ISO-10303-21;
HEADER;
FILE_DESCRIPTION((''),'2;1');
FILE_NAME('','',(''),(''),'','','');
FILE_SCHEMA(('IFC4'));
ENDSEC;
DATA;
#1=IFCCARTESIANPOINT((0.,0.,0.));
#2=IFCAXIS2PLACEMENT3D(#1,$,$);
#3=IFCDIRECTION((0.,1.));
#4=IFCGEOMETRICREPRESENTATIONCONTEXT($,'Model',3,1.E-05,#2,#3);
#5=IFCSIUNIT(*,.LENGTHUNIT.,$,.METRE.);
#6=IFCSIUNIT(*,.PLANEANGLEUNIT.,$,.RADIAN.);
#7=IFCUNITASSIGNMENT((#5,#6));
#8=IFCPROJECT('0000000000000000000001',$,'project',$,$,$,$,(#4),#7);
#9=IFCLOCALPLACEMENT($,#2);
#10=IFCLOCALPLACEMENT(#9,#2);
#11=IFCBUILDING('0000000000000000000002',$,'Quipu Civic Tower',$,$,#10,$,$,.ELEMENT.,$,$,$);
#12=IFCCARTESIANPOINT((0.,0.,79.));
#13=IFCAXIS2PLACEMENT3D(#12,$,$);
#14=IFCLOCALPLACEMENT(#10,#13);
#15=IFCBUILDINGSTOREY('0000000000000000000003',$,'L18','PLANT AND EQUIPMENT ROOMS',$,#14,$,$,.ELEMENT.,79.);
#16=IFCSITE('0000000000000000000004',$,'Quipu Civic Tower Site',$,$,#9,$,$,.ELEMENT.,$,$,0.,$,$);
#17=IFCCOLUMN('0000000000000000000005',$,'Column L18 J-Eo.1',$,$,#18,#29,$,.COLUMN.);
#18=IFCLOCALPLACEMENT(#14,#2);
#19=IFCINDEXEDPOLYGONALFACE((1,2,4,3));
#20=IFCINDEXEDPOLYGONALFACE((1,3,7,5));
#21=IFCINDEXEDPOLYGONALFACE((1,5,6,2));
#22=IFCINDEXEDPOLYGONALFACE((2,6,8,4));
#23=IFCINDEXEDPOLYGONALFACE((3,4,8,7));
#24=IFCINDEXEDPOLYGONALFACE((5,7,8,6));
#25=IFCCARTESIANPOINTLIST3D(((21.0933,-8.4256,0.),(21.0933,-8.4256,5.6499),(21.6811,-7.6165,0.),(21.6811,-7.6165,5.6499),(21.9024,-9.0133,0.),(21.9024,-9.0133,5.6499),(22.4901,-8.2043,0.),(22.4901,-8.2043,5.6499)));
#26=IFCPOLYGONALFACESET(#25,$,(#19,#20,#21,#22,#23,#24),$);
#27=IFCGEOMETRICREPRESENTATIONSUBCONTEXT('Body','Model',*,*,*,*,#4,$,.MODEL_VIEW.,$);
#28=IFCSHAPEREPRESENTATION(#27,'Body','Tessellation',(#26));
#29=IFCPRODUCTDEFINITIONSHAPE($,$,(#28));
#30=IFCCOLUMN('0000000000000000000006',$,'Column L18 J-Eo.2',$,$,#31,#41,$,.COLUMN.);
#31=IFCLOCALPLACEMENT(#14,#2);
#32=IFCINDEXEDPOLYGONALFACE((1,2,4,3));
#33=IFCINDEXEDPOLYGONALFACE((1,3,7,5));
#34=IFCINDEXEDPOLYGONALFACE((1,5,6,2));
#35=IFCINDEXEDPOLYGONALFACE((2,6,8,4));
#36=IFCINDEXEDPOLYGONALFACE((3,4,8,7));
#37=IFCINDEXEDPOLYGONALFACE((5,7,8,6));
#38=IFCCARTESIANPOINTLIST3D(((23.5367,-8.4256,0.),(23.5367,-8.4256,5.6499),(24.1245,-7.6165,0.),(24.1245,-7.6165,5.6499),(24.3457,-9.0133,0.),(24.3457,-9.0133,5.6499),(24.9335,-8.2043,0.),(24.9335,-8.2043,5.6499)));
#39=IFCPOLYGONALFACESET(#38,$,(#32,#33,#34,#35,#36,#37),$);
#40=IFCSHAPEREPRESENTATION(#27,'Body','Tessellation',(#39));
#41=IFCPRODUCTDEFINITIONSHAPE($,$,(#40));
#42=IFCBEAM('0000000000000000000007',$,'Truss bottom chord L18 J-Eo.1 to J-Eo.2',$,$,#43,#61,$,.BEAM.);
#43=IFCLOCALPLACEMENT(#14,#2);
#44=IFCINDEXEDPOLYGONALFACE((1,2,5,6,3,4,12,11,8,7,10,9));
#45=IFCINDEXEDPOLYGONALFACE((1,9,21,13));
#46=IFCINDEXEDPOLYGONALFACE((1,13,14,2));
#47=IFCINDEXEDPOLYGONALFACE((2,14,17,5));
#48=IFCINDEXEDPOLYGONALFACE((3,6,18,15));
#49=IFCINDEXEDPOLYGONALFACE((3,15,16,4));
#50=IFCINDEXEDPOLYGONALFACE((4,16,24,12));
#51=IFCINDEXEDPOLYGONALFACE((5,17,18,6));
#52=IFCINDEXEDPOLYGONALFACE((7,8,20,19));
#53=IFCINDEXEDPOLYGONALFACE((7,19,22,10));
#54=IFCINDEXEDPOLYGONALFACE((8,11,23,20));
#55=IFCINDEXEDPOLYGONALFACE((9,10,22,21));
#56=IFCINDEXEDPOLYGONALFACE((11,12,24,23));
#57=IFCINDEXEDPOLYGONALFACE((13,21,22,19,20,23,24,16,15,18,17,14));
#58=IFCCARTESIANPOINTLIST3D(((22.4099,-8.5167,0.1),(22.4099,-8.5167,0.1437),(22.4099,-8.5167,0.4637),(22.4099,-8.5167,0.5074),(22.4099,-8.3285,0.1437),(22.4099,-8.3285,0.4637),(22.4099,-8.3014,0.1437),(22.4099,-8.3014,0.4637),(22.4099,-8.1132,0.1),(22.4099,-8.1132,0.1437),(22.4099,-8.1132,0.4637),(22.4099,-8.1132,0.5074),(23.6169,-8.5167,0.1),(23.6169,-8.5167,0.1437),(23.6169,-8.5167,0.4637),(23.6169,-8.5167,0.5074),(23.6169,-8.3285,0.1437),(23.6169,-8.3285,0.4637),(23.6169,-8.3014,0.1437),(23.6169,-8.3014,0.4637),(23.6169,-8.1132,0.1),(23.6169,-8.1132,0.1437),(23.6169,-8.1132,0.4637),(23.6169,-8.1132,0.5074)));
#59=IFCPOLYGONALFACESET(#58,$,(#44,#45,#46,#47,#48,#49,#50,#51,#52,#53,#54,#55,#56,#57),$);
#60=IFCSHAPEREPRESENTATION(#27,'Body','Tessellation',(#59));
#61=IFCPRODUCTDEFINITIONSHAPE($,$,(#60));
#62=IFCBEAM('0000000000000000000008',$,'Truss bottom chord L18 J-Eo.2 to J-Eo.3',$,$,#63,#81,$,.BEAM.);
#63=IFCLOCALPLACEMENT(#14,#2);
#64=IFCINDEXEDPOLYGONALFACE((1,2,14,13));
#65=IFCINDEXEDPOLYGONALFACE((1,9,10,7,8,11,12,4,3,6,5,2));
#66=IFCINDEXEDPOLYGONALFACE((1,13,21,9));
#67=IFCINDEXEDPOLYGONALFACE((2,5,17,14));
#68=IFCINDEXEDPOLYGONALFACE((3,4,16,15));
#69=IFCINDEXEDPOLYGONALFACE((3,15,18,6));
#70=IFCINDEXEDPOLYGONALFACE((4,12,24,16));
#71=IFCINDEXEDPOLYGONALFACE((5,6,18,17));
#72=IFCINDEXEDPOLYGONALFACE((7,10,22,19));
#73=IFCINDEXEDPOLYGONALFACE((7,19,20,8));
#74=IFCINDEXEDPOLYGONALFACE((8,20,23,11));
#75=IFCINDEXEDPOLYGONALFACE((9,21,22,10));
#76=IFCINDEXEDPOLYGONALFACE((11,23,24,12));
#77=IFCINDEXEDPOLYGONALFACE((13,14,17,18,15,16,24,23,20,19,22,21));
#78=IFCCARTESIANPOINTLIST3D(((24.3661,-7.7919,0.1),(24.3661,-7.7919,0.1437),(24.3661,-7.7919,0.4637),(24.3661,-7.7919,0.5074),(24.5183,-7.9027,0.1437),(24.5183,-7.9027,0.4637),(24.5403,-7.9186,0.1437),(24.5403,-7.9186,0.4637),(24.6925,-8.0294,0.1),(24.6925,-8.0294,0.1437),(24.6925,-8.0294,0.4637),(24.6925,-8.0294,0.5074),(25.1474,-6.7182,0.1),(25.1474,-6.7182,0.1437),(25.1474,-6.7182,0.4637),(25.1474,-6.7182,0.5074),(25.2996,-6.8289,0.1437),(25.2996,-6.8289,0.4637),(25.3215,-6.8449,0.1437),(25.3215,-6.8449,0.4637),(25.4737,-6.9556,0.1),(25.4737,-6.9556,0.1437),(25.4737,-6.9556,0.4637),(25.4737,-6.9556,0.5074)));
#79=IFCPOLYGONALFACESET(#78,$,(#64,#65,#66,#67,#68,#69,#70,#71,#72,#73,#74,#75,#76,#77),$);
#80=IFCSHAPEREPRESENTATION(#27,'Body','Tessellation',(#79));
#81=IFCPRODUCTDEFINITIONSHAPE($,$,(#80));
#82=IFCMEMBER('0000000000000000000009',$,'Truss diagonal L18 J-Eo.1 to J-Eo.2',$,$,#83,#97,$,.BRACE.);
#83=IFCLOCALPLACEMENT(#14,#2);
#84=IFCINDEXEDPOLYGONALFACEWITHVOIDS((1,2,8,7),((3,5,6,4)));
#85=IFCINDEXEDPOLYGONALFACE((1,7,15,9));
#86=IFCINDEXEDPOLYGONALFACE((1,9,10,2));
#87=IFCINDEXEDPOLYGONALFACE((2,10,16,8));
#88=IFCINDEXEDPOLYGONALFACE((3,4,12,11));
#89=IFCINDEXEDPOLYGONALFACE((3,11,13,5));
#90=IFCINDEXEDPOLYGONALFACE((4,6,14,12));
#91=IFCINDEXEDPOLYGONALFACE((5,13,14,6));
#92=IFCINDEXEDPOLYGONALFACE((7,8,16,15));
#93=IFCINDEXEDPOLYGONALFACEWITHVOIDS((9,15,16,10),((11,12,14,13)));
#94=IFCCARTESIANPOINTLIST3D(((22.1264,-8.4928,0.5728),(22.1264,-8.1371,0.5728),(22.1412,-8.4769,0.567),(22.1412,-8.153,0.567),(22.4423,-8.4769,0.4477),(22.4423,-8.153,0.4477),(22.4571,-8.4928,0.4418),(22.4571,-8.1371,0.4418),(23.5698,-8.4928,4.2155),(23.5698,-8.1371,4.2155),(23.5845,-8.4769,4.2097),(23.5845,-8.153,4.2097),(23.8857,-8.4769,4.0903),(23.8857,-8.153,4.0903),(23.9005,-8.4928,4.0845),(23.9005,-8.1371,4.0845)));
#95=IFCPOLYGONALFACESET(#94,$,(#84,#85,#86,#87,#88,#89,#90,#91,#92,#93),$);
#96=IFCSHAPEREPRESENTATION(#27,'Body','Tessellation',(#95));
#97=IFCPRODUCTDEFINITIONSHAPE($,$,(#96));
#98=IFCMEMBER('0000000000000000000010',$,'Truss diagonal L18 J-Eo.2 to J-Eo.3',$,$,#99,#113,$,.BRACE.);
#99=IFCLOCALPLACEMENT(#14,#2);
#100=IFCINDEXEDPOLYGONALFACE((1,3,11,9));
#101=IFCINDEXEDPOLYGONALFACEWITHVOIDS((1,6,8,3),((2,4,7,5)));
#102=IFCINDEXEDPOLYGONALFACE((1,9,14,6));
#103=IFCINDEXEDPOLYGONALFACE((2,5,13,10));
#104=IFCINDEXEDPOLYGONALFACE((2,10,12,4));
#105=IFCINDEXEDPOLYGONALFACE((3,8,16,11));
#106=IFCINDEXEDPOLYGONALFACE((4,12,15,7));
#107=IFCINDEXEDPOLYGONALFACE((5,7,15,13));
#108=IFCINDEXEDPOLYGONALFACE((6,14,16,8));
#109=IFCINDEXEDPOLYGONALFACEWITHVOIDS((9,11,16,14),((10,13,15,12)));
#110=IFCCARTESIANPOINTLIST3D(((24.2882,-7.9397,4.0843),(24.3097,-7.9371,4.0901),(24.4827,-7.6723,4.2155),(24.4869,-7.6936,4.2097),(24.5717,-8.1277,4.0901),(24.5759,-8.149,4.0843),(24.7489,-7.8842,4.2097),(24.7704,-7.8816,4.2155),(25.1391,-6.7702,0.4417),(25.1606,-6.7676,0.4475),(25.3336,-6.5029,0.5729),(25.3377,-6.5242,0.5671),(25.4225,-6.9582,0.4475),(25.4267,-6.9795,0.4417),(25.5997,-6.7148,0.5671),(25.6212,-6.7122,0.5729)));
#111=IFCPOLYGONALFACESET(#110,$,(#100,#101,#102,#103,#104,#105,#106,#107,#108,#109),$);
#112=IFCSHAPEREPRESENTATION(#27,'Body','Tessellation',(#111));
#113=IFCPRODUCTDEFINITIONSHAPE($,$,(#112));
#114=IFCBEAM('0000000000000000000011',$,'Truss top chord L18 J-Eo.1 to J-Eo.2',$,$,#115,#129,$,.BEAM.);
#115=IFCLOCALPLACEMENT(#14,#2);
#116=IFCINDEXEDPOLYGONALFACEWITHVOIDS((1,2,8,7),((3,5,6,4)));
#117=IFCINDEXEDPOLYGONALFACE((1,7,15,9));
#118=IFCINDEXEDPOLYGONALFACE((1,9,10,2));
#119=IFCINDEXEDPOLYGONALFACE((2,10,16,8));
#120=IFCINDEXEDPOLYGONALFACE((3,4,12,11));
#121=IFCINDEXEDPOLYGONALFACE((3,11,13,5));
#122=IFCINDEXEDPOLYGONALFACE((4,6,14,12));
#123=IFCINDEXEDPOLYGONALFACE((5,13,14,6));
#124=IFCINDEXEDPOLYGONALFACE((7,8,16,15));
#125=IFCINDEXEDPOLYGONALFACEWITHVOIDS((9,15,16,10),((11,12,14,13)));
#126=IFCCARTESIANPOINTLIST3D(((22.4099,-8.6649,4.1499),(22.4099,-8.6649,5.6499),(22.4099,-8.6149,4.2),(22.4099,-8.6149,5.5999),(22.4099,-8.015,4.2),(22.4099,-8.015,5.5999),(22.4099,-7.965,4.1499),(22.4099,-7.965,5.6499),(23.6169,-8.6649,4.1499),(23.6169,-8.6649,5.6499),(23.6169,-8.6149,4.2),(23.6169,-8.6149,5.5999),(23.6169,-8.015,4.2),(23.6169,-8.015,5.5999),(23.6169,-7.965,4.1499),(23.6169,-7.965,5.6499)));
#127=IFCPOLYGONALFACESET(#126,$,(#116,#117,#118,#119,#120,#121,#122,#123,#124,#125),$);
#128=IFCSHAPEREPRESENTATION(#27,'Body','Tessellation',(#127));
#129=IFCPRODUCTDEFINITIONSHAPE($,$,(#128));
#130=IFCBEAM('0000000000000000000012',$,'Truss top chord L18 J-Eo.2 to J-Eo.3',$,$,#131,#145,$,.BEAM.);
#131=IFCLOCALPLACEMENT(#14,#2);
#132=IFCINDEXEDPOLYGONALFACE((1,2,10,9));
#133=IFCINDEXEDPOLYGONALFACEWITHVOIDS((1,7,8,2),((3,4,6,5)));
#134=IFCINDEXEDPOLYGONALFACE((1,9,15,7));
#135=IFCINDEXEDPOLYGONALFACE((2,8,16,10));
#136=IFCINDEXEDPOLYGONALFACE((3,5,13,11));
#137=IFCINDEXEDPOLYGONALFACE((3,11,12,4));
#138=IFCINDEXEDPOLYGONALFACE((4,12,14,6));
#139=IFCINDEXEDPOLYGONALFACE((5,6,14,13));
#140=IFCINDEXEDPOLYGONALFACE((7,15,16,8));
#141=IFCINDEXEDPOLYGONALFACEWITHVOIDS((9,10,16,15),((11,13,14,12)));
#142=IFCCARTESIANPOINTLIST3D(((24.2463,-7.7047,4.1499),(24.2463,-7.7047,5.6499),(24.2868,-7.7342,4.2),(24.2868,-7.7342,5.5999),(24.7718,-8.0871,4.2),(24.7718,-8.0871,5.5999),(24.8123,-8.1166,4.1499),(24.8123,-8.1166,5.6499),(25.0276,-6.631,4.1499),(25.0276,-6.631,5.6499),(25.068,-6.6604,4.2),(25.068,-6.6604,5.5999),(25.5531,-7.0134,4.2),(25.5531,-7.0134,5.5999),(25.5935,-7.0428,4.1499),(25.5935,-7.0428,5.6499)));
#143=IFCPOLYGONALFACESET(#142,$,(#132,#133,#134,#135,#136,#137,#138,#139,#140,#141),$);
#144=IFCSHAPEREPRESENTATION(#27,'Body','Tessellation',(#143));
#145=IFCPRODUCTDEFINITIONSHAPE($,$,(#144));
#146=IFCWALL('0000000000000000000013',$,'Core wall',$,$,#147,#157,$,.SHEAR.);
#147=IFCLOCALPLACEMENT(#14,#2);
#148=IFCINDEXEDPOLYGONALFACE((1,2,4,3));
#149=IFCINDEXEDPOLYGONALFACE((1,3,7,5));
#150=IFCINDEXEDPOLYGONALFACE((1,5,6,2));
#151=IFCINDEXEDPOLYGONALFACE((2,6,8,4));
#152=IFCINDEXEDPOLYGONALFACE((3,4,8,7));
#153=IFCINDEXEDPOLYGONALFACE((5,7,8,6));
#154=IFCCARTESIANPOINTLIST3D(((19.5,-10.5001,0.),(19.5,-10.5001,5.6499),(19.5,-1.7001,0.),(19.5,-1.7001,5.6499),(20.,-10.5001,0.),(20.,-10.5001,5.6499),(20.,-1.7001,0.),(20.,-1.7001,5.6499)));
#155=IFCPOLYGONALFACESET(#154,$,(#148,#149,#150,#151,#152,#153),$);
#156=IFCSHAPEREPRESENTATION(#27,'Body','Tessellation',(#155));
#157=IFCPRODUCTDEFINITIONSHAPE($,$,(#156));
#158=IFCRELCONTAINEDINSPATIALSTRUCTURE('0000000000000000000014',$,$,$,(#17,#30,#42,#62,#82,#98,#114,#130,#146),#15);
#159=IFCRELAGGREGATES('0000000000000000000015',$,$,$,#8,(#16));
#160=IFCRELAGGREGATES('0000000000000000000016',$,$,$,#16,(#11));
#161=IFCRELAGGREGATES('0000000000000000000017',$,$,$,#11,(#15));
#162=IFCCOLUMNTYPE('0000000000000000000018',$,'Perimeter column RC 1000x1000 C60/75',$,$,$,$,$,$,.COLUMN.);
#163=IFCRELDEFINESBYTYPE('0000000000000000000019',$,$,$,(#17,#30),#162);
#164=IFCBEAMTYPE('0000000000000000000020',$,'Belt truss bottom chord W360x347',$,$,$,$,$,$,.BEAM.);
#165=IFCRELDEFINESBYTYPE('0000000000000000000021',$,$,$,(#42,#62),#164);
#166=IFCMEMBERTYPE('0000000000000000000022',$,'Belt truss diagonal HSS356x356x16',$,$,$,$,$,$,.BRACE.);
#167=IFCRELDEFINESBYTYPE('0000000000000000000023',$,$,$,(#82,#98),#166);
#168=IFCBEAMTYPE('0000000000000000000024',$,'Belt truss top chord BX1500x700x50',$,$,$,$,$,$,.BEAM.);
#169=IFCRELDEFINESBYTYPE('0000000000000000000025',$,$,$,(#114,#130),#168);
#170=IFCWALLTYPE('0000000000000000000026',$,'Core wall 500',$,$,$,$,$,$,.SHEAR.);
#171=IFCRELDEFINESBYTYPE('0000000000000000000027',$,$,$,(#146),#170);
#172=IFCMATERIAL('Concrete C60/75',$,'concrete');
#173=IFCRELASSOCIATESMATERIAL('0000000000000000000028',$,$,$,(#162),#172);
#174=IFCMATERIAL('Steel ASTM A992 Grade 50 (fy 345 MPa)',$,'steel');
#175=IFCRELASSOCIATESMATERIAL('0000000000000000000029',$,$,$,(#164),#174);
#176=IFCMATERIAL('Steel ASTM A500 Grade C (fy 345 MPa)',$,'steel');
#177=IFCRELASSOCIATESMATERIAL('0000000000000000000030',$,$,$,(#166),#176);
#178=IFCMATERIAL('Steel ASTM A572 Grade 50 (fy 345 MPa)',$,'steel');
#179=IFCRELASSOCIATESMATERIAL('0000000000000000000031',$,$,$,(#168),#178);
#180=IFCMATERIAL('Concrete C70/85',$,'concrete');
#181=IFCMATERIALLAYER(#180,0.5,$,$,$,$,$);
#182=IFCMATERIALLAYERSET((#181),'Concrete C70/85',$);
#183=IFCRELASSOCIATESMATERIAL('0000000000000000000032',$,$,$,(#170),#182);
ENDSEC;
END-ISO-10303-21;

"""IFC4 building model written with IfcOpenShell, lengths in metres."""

from ifc_helpers import new_model, si_unit, direction, frame, frame_2d, origin, origin_2d, place, context, subcontext, project, spatial, rectangle, hollow_rectangle, i_section, extrude, material, layer, layer_set, material_profile, profile_set, type_object, element, save


model = new_model("IFC4")

# Units and contexts
model_context = context("Model", 3, precision=1e-05, world=origin(), true_north=direction((0.0, 1.0)))
body_context = subcontext(model_context, "Body", "Model", "MODEL_VIEW")
ifc_project = project(units=[si_unit("LENGTHUNIT", "METRE"), si_unit("PLANEANGLEUNIT", "RADIAN")], contexts=[model_context])

# Site, building, storey
site_placement = place(None, origin())
site = spatial("IfcSite", under=ifc_project, at=site_placement, Name="Quipu Civic Tower Site", CompositionType="ELEMENT", RefElevation=0.0)
building_placement = place(site_placement, origin())
building = spatial("IfcBuilding", under=site, at=building_placement, Name="Quipu Civic Tower", CompositionType="ELEMENT")
storey_placement = place(building_placement, frame((0.0, 0.0, 79.0)))
storey = spatial("IfcBuildingStorey", under=building, at=storey_placement, Name="L18", Description="PLANT AND EQUIPMENT ROOMS", CompositionType="ELEMENT", Elevation=79.0)

# Columns
ifc_material_1 = material(Name="Concrete C60/75", Category="concrete")
ifc_material_profile_1 = material_profile(ifc_material_1, rectangle(XDim=1.0, YDim=1.0, at=origin_2d()), Name="RC1000x1000")
ifc_profile_set_1 = profile_set([ifc_material_profile_1], Name="Concrete C60/75")
column_type = type_object("IfcColumnType", Name="Perimeter column RC 1000x1000 C60/75", PredefinedType="COLUMN", material=ifc_profile_set_1)
for number, where, z_axis, x_axis, name in (
    (1, (21.7917, -8.3149, 0.0), (0.0, 0.0, 1.0), (0.587785, 0.809017, 0.0), "Column L18 J-Eo.1"),
    (2, (24.2351, -8.3149, 0.0), (0.0, 0.0, 1.0), (0.587785, 0.809017, 0.0), "Column L18 J-Eo.2"),
):
    element("IfcColumn", number, at=place(storey_placement, frame(where, z_axis=z_axis, x_axis=x_axis)), inside=storey, type_object=column_type, Name=name, PredefinedType="COLUMN", context=body_context, shape_type="SweptSolid", body=[
        extrude(rectangle(XDim=1.0, YDim=1.0, at=origin_2d()), origin(), (0.0, 0.0, 1.0), 5.6499),
    ])

# Beams
ifc_material_2 = material(Name="Steel ASTM A992 Grade 50 (fy 345 MPa)", Category="steel")
ifc_material_profile_2 = material_profile(ifc_material_2, i_section(OverallWidth=0.4036, OverallDepth=0.4075, WebThickness=0.0271, FlangeThickness=0.0437, at=origin_2d()), Name="W360x347")
ifc_profile_set_2 = profile_set([ifc_material_profile_2], Name="Steel ASTM A992 Grade 50 (fy 345 MPa)")
beam_type_1 = type_object("IfcBeamType", Name="Belt truss bottom chord W360x347", PredefinedType="BEAM", material=ifc_profile_set_2)
beam_1_placement = place(storey_placement, frame((22.4099, -8.3149, 0.3037), z_axis=(1.0, 0.0, 0.0), x_axis=(0.0, 1.0, 0.0)))
element("IfcBeam", 3, at=beam_1_placement, inside=storey, type_object=beam_type_1, Name="Truss bottom chord L18 J-Eo.1 to J-Eo.2", PredefinedType="BEAM", context=body_context, shape_type="SweptSolid", body=[
    extrude(i_section(OverallWidth=0.4036, OverallDepth=0.4075, WebThickness=0.0271, FlangeThickness=0.0437, at=origin_2d()), origin(), (0.0, 0.0, 1.0), 1.207),
])
beam_2_placement = place(storey_placement, frame((24.5293, -7.9106, 0.3037), z_axis=(0.588347, 0.808609, 0.0), x_axis=(-0.808609, 0.588347, 0.0)))
element("IfcBeam", 4, at=beam_2_placement, inside=storey, type_object=beam_type_1, Name="Truss bottom chord L18 J-Eo.2 to J-Eo.3", PredefinedType="BEAM", context=body_context, shape_type="SweptSolid", body=[
    extrude(i_section(OverallWidth=0.4036, OverallDepth=0.4075, WebThickness=0.0271, FlangeThickness=0.0437, at=origin_2d()), origin(), (0.0, 0.0, 1.0), 1.3279),
])

# Members
ifc_material_3 = material(Name="Steel ASTM A500 Grade C (fy 345 MPa)", Category="steel")
ifc_material_profile_3 = material_profile(ifc_material_3, hollow_rectangle(XDim=0.3557, YDim=0.3557, WallThickness=0.0159, at=origin_2d()), Name="HSS356x356x16")
ifc_profile_set_3 = profile_set([ifc_material_profile_3], Name="Steel ASTM A500 Grade C (fy 345 MPa)")
member_type = type_object("IfcMemberType", Name="Belt truss diagonal HSS356x356x16", PredefinedType="BRACE", material=ifc_profile_set_3)
member_1_placement = place(storey_placement, frame((22.2917, -8.3149, 0.5073), z_axis=(0.368381, 0.0, 0.929675), x_axis=(0.0, 1.0, 0.0)))
element("IfcMember", 5, at=member_1_placement, inside=storey, type_object=member_type, Name="Truss diagonal L18 J-Eo.1 to J-Eo.2", PredefinedType="BRACE", context=body_context, shape_type="SweptSolid", body=[
    extrude(hollow_rectangle(XDim=0.3557, YDim=0.3557, WallThickness=0.0159, at=origin_2d()), origin(), (0.0, 0.0, 1.0), 3.9182),
])
member_2_placement = place(storey_placement, frame((24.5293, -7.9106, 4.1499), z_axis=(0.217095, 0.298388, -0.929427), x_axis=(-0.808627, 0.588322, 0.0)))
element("IfcMember", 6, at=member_2_placement, inside=storey, type_object=member_type, Name="Truss diagonal L18 J-Eo.2 to J-Eo.3", PredefinedType="BRACE", context=body_context, shape_type="SweptSolid", body=[
    extrude(hollow_rectangle(XDim=0.3557, YDim=0.3557, WallThickness=0.0159, at=origin_2d()), origin(), (0.0, 0.0, 1.0), 3.9192),
])

# Beams
ifc_material_4 = material(Name="Steel ASTM A572 Grade 50 (fy 345 MPa)", Category="steel")
ifc_material_profile_4 = material_profile(ifc_material_4, hollow_rectangle(XDim=0.7, YDim=1.5, WallThickness=0.05, at=origin_2d()), Name="BX1500x700x50")
ifc_profile_set_4 = profile_set([ifc_material_profile_4], Name="Steel ASTM A572 Grade 50 (fy 345 MPa)")
beam_type_2 = type_object("IfcBeamType", Name="Belt truss top chord BX1500x700x50", PredefinedType="BEAM", material=ifc_profile_set_4)
beam_3_placement = place(storey_placement, frame((22.4099, -8.3149, 4.8999), z_axis=(1.0, 0.0, 0.0), x_axis=(0.0, 1.0, 0.0)))
element("IfcBeam", 7, at=beam_3_placement, inside=storey, type_object=beam_type_2, Name="Truss top chord L18 J-Eo.1 to J-Eo.2", PredefinedType="BEAM", context=body_context, shape_type="SweptSolid", body=[
    extrude(hollow_rectangle(XDim=0.7, YDim=1.5, WallThickness=0.05, at=origin_2d()), origin(), (0.0, 0.0, 1.0), 1.207),
])
beam_4_placement = place(storey_placement, frame((24.5293, -7.9106, 4.8999), z_axis=(0.588347, 0.808609, 0.0), x_axis=(-0.808609, 0.588347, 0.0)))
element("IfcBeam", 8, at=beam_4_placement, inside=storey, type_object=beam_type_2, Name="Truss top chord L18 J-Eo.2 to J-Eo.3", PredefinedType="BEAM", context=body_context, shape_type="SweptSolid", body=[
    extrude(hollow_rectangle(XDim=0.7, YDim=1.5, WallThickness=0.05, at=origin_2d()), origin(), (0.0, 0.0, 1.0), 1.3279),
])

# Wall
ifc_material_5 = material(Name="Concrete C70/85", Category="concrete")
ifc_layer = layer(ifc_material_5, 0.5)
ifc_layer_set = layer_set([ifc_layer], Name="Concrete C70/85")
wall_type_1 = type_object("IfcWallType", Name="Core wall 500", PredefinedType="SHEAR", material=ifc_layer_set)
wall_1_placement = place(storey_placement, frame((19.75, -10.5, 0.0), z_axis=(0.0, 0.0, 1.0), x_axis=(0.0, 1.0, 0.0)))
element("IfcWall", 9, at=wall_1_placement, inside=storey, type_object=wall_type_1, Name="Core wall", PredefinedType="SHEAR", context=body_context, shape_type="SweptSolid", body=[
    extrude(rectangle(XDim=8.8, YDim=0.5, at=frame_2d((4.3999, 0.0))), origin(), (0.0, 0.0, 1.0), 5.6499),
])

save(model, "model.ifc")
